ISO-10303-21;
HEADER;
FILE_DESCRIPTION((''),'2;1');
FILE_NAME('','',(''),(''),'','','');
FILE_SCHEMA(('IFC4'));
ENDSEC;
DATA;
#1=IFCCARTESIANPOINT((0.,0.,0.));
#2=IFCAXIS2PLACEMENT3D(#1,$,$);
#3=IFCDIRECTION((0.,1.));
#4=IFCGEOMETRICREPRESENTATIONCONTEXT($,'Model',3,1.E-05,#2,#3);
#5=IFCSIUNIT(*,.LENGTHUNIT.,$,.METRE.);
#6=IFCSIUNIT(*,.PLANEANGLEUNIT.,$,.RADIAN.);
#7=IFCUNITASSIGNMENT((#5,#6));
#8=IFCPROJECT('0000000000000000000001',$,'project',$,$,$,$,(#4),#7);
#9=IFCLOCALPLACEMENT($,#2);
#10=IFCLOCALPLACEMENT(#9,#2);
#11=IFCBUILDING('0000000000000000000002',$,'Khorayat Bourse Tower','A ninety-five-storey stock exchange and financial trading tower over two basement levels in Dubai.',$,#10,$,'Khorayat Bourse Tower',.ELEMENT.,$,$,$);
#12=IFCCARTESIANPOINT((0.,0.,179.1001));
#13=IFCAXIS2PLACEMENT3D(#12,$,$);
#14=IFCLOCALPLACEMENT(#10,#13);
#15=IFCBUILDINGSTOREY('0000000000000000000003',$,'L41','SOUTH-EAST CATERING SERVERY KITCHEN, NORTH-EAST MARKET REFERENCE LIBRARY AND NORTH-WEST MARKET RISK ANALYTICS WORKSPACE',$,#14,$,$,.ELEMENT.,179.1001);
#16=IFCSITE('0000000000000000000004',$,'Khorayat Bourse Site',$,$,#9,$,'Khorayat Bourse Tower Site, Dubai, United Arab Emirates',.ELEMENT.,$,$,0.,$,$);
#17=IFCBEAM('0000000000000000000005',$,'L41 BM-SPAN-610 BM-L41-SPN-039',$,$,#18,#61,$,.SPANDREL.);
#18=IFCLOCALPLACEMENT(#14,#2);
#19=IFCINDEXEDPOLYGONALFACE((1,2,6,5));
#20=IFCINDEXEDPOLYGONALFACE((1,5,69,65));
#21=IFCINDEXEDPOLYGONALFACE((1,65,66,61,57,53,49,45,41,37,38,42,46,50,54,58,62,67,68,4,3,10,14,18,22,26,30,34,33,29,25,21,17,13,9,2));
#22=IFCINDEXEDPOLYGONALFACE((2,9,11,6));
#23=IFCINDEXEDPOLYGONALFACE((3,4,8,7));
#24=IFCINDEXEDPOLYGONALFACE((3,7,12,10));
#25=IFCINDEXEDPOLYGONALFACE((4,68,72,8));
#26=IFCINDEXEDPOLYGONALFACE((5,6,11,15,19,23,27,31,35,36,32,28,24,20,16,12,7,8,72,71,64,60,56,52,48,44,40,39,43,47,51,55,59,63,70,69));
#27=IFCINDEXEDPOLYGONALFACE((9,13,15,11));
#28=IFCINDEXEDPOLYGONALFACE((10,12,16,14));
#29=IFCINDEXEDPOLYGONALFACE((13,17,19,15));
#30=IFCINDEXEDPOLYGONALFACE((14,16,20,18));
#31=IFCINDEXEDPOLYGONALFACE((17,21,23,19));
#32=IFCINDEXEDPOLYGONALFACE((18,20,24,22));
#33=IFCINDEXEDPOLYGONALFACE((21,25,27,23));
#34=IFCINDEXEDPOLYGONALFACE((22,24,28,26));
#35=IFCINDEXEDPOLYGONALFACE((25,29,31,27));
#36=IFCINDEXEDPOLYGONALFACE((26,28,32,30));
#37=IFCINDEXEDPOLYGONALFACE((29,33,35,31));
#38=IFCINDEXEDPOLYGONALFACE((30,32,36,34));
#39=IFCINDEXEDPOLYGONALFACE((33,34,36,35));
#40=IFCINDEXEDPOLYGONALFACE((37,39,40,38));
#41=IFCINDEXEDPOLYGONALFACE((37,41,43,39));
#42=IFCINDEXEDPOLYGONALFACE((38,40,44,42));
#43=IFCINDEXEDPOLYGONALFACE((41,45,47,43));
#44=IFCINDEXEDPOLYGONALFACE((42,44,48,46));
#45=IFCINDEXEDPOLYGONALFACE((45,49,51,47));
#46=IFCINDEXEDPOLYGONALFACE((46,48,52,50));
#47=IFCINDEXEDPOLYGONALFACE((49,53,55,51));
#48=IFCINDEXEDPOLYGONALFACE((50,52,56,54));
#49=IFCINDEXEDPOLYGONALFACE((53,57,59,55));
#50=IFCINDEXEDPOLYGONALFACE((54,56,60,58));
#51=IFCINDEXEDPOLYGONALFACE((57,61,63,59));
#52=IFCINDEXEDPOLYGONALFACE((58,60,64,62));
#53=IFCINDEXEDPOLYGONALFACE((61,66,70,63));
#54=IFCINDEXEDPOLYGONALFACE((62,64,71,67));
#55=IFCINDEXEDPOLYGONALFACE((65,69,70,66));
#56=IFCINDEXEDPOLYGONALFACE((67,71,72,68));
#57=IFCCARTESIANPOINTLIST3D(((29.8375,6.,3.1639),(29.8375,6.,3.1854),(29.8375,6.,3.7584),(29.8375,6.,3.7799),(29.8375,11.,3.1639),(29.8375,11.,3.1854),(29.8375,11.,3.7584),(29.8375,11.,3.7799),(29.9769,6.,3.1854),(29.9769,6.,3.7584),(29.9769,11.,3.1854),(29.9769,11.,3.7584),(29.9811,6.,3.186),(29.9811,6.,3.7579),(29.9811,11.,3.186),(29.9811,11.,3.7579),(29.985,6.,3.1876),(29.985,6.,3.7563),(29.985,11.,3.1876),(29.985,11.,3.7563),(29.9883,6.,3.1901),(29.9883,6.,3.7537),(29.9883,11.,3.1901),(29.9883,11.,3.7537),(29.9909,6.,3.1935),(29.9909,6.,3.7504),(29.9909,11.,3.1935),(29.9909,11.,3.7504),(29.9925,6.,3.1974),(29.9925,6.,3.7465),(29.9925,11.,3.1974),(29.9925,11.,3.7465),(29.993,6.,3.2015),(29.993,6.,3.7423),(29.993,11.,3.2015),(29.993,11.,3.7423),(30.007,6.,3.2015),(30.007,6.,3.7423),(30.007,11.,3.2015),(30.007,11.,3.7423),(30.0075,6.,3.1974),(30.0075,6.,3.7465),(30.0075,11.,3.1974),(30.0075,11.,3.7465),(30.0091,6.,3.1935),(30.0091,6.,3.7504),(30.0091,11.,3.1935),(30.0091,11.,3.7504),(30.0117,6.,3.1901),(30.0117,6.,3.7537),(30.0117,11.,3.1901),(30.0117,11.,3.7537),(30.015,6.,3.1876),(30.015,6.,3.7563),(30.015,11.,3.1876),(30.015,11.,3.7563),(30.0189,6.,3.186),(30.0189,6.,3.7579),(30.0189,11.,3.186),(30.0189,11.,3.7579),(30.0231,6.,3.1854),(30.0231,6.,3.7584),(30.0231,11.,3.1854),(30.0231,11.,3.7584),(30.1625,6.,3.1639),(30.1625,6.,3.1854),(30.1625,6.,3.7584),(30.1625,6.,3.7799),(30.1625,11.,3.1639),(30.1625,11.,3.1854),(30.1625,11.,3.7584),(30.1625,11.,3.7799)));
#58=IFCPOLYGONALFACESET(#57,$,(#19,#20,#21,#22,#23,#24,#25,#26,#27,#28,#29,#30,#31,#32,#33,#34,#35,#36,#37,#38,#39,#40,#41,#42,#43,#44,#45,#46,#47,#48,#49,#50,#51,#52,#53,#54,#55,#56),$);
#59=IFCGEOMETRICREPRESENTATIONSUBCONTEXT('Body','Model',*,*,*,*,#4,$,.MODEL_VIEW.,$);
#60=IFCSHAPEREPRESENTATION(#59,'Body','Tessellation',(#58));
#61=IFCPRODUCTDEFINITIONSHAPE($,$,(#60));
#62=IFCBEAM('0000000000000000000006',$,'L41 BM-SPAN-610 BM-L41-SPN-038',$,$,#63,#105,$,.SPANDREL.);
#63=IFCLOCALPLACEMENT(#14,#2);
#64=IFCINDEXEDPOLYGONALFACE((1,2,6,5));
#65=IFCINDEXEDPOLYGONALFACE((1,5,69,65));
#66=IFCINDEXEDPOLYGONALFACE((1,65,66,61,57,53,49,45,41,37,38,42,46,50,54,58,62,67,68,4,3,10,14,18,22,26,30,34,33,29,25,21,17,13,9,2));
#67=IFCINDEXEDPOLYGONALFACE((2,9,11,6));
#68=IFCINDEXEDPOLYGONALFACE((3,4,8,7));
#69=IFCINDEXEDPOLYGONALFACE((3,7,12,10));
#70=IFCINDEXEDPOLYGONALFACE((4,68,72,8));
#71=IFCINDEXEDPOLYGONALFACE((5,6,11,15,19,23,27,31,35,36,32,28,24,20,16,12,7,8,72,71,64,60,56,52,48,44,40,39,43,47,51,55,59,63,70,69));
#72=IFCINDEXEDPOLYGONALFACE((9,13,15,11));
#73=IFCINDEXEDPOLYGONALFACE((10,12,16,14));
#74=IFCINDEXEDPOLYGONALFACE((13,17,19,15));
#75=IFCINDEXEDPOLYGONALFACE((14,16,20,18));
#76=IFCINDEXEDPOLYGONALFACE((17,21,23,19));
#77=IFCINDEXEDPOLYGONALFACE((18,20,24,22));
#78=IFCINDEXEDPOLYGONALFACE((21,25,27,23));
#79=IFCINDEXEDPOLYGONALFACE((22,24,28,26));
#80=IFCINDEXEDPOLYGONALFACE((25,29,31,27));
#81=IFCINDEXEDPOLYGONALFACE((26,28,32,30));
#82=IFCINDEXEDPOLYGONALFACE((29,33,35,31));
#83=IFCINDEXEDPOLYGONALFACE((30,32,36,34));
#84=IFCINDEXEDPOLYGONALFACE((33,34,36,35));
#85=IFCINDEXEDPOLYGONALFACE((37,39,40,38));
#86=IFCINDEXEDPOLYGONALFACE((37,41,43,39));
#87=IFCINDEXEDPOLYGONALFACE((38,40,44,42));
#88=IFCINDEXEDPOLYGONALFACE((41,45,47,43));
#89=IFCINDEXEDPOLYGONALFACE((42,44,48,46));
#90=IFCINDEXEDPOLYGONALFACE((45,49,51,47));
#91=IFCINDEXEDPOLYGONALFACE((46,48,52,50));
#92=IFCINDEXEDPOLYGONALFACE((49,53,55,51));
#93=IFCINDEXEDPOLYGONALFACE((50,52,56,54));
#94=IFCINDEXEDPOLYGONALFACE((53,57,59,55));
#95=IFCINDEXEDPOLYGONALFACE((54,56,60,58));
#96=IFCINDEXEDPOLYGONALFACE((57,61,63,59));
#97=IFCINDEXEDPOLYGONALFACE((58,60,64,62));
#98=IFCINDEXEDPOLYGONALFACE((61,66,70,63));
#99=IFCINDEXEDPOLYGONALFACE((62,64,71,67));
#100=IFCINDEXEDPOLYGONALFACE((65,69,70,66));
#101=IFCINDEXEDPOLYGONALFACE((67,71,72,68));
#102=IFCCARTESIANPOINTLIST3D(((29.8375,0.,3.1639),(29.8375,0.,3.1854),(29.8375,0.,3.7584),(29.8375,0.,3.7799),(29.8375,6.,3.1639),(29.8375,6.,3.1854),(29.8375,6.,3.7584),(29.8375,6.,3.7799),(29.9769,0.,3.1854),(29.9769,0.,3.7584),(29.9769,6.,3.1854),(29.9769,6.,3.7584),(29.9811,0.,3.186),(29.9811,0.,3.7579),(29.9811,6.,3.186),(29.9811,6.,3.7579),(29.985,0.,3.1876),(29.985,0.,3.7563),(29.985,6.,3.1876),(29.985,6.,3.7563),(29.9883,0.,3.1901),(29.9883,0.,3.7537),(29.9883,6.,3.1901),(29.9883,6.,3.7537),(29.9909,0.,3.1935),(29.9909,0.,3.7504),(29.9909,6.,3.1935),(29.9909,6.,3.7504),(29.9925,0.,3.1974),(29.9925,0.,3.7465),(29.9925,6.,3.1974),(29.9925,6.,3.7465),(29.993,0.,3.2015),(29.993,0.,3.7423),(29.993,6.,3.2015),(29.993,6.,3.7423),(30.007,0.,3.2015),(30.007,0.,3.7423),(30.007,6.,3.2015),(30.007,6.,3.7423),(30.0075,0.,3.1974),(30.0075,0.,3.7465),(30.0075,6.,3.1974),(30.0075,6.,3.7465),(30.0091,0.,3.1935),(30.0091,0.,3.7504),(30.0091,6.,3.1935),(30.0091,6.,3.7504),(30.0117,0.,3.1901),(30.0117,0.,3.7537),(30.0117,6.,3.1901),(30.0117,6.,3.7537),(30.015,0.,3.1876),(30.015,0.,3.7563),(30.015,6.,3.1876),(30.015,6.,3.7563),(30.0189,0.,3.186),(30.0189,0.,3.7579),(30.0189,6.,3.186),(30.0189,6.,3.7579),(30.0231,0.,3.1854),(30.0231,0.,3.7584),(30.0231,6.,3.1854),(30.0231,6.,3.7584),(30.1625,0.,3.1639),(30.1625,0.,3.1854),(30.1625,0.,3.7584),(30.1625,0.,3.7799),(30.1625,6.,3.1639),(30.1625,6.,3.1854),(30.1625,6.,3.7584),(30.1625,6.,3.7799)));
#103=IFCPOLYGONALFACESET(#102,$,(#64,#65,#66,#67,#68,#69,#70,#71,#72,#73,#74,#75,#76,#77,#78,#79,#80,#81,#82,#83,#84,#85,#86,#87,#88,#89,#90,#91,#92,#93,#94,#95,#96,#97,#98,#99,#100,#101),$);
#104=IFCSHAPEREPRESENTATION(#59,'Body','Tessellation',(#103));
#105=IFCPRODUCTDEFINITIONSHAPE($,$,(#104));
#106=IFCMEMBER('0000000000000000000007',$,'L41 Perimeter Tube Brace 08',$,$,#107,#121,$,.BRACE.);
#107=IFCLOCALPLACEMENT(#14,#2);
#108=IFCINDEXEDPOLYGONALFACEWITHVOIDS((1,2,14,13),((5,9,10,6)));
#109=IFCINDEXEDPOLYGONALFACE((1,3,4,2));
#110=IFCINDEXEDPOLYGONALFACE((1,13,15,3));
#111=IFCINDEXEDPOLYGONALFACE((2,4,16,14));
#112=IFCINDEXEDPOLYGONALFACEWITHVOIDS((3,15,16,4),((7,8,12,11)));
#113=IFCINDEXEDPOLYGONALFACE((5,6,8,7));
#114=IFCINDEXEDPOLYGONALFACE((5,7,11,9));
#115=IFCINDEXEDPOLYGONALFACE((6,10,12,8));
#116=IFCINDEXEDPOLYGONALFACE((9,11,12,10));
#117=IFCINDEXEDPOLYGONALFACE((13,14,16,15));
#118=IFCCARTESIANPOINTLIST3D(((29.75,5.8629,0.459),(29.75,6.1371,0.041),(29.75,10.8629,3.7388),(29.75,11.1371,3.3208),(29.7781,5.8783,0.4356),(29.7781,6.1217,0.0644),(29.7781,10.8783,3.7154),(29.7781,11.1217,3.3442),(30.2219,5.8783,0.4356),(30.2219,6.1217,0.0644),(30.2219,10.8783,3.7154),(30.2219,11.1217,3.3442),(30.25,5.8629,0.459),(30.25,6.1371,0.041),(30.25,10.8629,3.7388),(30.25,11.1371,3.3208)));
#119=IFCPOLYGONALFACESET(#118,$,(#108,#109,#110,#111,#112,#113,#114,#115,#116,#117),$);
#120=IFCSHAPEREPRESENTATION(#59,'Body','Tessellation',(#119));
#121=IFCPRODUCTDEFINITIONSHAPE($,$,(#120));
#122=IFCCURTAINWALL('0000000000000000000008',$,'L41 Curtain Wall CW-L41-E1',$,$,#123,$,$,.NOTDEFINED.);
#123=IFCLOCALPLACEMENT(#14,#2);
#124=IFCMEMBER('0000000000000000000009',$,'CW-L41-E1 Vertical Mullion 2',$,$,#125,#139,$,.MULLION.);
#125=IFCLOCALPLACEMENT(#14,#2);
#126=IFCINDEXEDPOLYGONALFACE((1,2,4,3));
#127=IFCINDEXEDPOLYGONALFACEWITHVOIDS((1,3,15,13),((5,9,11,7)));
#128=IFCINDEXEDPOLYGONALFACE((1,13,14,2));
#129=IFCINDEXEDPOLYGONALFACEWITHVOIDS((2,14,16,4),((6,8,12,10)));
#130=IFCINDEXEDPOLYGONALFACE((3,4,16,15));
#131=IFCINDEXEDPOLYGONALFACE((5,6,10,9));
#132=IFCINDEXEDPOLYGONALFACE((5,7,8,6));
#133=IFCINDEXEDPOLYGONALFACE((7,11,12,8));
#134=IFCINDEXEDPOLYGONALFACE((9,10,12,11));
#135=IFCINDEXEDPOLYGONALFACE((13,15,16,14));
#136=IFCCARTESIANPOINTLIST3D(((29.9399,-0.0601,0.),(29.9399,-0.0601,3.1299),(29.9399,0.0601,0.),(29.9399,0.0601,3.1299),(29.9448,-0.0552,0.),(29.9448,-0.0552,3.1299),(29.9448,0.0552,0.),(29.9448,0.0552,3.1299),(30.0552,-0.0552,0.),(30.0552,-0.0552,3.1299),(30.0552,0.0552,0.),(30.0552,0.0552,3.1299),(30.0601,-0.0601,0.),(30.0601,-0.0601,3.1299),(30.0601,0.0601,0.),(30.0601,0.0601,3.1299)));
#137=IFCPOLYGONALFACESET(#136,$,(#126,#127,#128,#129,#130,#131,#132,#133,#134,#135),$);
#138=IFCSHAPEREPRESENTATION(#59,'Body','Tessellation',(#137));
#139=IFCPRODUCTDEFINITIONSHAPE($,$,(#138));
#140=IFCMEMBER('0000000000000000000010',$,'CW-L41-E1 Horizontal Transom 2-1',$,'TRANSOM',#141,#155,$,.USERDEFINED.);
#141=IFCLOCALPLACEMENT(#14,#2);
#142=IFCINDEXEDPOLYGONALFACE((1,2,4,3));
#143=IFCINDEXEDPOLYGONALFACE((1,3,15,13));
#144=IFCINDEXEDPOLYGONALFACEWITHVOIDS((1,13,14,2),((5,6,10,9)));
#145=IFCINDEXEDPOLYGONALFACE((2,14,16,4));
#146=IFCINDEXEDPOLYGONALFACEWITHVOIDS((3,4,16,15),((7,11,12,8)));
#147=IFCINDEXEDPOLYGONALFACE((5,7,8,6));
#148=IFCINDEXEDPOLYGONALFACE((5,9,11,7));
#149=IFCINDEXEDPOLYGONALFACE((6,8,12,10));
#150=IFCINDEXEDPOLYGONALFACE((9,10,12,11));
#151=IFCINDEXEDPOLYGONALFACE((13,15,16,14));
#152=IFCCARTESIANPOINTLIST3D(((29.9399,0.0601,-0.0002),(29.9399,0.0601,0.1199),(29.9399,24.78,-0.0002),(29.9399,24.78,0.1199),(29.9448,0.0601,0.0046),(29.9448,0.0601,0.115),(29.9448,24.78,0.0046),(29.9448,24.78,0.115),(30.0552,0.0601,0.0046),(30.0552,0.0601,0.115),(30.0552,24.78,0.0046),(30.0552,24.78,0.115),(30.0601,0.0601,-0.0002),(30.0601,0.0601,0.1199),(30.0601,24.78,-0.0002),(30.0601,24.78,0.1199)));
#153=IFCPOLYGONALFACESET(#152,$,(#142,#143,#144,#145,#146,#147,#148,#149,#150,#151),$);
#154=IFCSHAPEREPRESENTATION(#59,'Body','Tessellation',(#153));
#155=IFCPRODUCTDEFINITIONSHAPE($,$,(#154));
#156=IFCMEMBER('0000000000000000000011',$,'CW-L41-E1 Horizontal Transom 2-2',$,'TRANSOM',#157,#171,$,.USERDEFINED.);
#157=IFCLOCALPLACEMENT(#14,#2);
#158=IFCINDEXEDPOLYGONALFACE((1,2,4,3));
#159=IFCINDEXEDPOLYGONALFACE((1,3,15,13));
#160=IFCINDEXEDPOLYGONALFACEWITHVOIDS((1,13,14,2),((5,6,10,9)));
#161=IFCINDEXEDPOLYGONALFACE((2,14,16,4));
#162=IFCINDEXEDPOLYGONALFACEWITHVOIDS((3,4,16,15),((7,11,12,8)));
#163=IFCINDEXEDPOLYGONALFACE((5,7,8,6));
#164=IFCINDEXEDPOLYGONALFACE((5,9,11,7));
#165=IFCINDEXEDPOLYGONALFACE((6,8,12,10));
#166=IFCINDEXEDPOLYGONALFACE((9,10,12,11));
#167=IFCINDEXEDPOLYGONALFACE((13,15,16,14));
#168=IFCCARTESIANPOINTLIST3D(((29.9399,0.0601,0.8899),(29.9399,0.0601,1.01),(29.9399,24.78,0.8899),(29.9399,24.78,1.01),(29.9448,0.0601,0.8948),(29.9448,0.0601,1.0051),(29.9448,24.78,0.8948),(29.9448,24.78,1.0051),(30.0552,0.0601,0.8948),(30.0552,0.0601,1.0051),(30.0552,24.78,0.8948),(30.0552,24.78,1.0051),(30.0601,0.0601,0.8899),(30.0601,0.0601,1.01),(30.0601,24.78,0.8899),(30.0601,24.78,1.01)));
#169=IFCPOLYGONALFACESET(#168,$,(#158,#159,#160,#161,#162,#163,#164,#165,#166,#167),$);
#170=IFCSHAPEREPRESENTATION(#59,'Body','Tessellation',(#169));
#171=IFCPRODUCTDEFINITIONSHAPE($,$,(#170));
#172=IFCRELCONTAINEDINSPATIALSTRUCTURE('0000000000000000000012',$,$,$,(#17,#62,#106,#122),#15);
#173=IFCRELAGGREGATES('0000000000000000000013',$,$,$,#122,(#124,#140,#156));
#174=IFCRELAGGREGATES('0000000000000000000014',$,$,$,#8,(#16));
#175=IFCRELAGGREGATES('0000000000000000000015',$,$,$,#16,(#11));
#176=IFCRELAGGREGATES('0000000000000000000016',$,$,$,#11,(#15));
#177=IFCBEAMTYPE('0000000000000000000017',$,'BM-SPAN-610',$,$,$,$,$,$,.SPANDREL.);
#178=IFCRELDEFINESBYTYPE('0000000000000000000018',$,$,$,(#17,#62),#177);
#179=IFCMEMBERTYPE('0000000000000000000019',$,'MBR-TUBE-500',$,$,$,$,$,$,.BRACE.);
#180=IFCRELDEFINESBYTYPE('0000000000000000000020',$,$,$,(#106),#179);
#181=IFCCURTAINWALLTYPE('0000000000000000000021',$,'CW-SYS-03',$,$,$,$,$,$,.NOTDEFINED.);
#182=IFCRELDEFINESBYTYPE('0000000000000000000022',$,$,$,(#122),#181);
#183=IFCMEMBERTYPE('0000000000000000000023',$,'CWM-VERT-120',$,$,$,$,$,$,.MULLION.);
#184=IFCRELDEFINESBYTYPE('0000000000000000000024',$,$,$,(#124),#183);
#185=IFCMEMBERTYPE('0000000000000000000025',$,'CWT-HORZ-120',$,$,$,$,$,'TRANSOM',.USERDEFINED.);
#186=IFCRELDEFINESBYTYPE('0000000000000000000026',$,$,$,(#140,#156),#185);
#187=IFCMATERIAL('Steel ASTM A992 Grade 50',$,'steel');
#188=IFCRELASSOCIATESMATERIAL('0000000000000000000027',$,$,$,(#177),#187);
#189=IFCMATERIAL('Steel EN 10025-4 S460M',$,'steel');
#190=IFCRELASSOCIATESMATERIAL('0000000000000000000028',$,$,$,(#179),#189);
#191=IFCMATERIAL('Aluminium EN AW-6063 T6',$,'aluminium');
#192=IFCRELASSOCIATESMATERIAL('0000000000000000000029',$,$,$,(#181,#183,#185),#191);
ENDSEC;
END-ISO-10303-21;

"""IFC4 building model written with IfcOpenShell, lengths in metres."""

from ifc_helpers import new_model, si_unit, direction, frame, origin, origin_2d, place, context, subcontext, project, spatial, hollow_rectangle, i_section, extrude, source, transform, mapped, material, material_profile, profile_set, type_object, element, aggregate, save


model = new_model("IFC4")

# Units and contexts
model_context = context("Model", 3, precision=1e-05, world=origin(), true_north=direction((0.0, 1.0)))
body_context = subcontext(model_context, "Body", "Model", "MODEL_VIEW")
ifc_project = project(units=[si_unit("LENGTHUNIT", "METRE"), si_unit("PLANEANGLEUNIT", "RADIAN")], contexts=[model_context])

# Site, building, storey
site_placement = place(None, origin())
site = spatial("IfcSite", under=ifc_project, at=site_placement, Name="Khorayat Bourse Site", LongName="Khorayat Bourse Tower Site, Dubai, United Arab Emirates", CompositionType="ELEMENT", RefElevation=0.0)
building_placement = place(site_placement, origin())
building = spatial("IfcBuilding", under=site, at=building_placement, Name="Khorayat Bourse Tower", Description="A ninety-five-storey stock exchange and financial trading tower over two basement levels in Dubai.", LongName="Khorayat Bourse Tower", CompositionType="ELEMENT")
storey_placement = place(building_placement, frame((0.0, 0.0, 179.1001)))
storey = spatial("IfcBuildingStorey", under=building, at=storey_placement, Name="L41", Description="SOUTH-EAST CATERING SERVERY KITCHEN, NORTH-EAST MARKET REFERENCE LIBRARY AND NORTH-WEST MARKET RISK ANALYTICS WORKSPACE", CompositionType="ELEMENT", Elevation=179.1001)

# Shared definitions
ifc_material_1 = material(Name="Steel EN 10025-4 S460M", Category="steel")

# Beams
ifc_material_2 = material(Name="Steel ASTM A992 Grade 50", Category="steel")
ifc_material_profile_1 = material_profile(ifc_material_2, i_section(OverallWidth=0.325, OverallDepth=0.616, WebThickness=0.0139, FlangeThickness=0.0215, FilletRadius=0.0161, at=origin_2d()), Name="W610X174")
ifc_profile_set_1 = profile_set([ifc_material_profile_1], Name="Steel ASTM A992 Grade 50")
beam_type_1 = type_object("IfcBeamType", Name="BM-SPAN-610", PredefinedType="SPANDREL", material=ifc_profile_set_1)
shared_shape_1 = source(origin(), body_context, "Body", "SweptSolid", [
    extrude(i_section(OverallWidth=0.325, OverallDepth=0.616, WebThickness=0.0139, FlangeThickness=0.0215, FilletRadius=0.0161, at=origin_2d()), origin(), (0.0, 0.0, 1.0), 5.0),
])
beam_1_placement = place(storey_placement, frame((30.0, 6.0, 3.4719), z_axis=(0.0, 1.0, 0.0), x_axis=(-1.0, 0.0, 0.0)))
element("IfcBeam", 1, at=beam_1_placement, inside=storey, type_object=beam_type_1, Name="L41 BM-SPAN-610 BM-L41-SPN-039", PredefinedType="SPANDREL", context=body_context, shape_type="MappedRepresentation", body=[
    mapped(shared_shape_1, transform((0.0, 0.0, 0.0), scale=1.0)),
])
shared_shape_2 = source(origin(), body_context, "Body", "SweptSolid", [
    extrude(i_section(OverallWidth=0.325, OverallDepth=0.616, WebThickness=0.0139, FlangeThickness=0.0215, FilletRadius=0.0161, at=origin_2d()), origin(), (0.0, 0.0, 1.0), 6.0),
])
beam_2_placement = place(storey_placement, frame((30.0, 0.0, 3.4719), z_axis=(0.0, 1.0, 0.0), x_axis=(-1.0, 0.0, 0.0)))
element("IfcBeam", 2, at=beam_2_placement, inside=storey, type_object=beam_type_1, Name="L41 BM-SPAN-610 BM-L41-SPN-038", PredefinedType="SPANDREL", context=body_context, shape_type="MappedRepresentation", body=[
    mapped(shared_shape_2, transform((0.0, 0.0, 0.0), scale=1.0)),
])

# Member
ifc_material_profile_2 = material_profile(ifc_material_1, hollow_rectangle(XDim=0.5, YDim=0.5, WallThickness=0.0281, at=origin_2d()), Name="HSS 500x500x28")
ifc_profile_set_2 = profile_set([ifc_material_profile_2], Name="Steel EN 10025-4 S460M")
member_type_1 = type_object("IfcMemberType", Name="MBR-TUBE-500", PredefinedType="BRACE", material=ifc_profile_set_2)
shared_shape_3 = source(origin(), body_context, "Body", "SweptSolid", [
    extrude(hollow_rectangle(XDim=0.5, YDim=0.5, WallThickness=0.0281, at=origin_2d()), origin(), (0.0, 0.0, 1.0), 5.9797),
])
member_1_placement = place(storey_placement, frame((30.0, 6.0, 0.25), z_axis=(0.0, 0.83616, 0.548485), x_axis=(-1.0, 0.0, 0.0)))
element("IfcMember", 3, at=member_1_placement, inside=storey, type_object=member_type_1, Name="L41 Perimeter Tube Brace 08", PredefinedType="BRACE", context=body_context, shape_type="MappedRepresentation", body=[
    mapped(shared_shape_3, transform((0.0, 0.0, 0.0), scale=1.0)),
])

# Curtain wall, members
ifc_material_3 = material(Name="Aluminium EN AW-6063 T6", Category="aluminium")
curtain_wall_type = type_object("IfcCurtainWallType", Name="CW-SYS-03", PredefinedType="NOTDEFINED", material=ifc_material_3)
curtain_wall_placement = place(storey_placement, origin())
curtain_wall = element("IfcCurtainWall", 4, at=curtain_wall_placement, inside=storey, type_object=curtain_wall_type, Name="L41 Curtain Wall CW-L41-E1", PredefinedType="NOTDEFINED")
ifc_material_profile_3 = material_profile(ifc_material_3, hollow_rectangle(XDim=0.1201, YDim=0.1201, WallThickness=0.0049, at=origin_2d()), Name="ALU 120x120x5")
ifc_profile_set_3 = profile_set([ifc_material_profile_3], Name="Aluminium EN AW-6063 T6")
member_type_2 = type_object("IfcMemberType", Name="CWM-VERT-120", PredefinedType="MULLION", material=ifc_profile_set_3)
shared_shape_4 = source(origin(), body_context, "Body", "SweptSolid", [
    extrude(hollow_rectangle(XDim=0.1201, YDim=0.1201, WallThickness=0.0049, at=origin_2d()), origin(), (0.0, 0.0, 1.0), 3.1299),
])
member_2_placement = place(storey_placement, frame((30.0, 0.0, 0.0), z_axis=(0.0, 0.0, 1.0), x_axis=(-1.0, 0.0, 0.0)))
member_2 = element("IfcMember", 5, at=member_2_placement, type_object=member_type_2, Name="CW-L41-E1 Vertical Mullion 2", PredefinedType="MULLION", context=body_context, shape_type="MappedRepresentation", body=[
    mapped(shared_shape_4, transform((0.0, 0.0, 0.0), scale=1.0)),
])
ifc_material_profile_4 = material_profile(ifc_material_3, hollow_rectangle(XDim=0.1201, YDim=0.1201, WallThickness=0.0049, at=origin_2d()), Name="ALU 120x120x5")
ifc_profile_set_4 = profile_set([ifc_material_profile_4], Name="Aluminium EN AW-6063 T6")
member_type_3 = type_object("IfcMemberType", Name="CWT-HORZ-120", ElementType="TRANSOM", PredefinedType="USERDEFINED", material=ifc_profile_set_4)
shared_shape_5 = source(origin(), body_context, "Body", "SweptSolid", [
    extrude(hollow_rectangle(XDim=0.1201, YDim=0.1201, WallThickness=0.0049, at=origin_2d()), origin(), (0.0, 0.0, 1.0), 24.72),
])
member_3_placement = place(storey_placement, frame((30.0, 0.0601, 0.0598), z_axis=(0.0, 1.0, 0.0), x_axis=(-1.0, 0.0, 0.0)))
member_3 = element("IfcMember", 6, at=member_3_placement, type_object=member_type_3, Name="CW-L41-E1 Horizontal Transom 2-1", ObjectType="TRANSOM", PredefinedType="USERDEFINED", context=body_context, shape_type="MappedRepresentation", body=[
    mapped(shared_shape_5, transform((0.0, 0.0, 0.0), scale=1.0)),
])
member_4_placement = place(storey_placement, frame((30.0, 0.0601, 0.95), z_axis=(0.0, 1.0, 0.0), x_axis=(-1.0, 0.0, 0.0)))
member_4 = element("IfcMember", 7, at=member_4_placement, type_object=member_type_3, Name="CW-L41-E1 Horizontal Transom 2-2", ObjectType="TRANSOM", PredefinedType="USERDEFINED", context=body_context, shape_type="MappedRepresentation", body=[
    mapped(shared_shape_5, transform((0.0, 0.0, 0.0), scale=1.0)),
])

aggregate(curtain_wall, [member_2, member_3, member_4])

save(model, "model.ifc")
